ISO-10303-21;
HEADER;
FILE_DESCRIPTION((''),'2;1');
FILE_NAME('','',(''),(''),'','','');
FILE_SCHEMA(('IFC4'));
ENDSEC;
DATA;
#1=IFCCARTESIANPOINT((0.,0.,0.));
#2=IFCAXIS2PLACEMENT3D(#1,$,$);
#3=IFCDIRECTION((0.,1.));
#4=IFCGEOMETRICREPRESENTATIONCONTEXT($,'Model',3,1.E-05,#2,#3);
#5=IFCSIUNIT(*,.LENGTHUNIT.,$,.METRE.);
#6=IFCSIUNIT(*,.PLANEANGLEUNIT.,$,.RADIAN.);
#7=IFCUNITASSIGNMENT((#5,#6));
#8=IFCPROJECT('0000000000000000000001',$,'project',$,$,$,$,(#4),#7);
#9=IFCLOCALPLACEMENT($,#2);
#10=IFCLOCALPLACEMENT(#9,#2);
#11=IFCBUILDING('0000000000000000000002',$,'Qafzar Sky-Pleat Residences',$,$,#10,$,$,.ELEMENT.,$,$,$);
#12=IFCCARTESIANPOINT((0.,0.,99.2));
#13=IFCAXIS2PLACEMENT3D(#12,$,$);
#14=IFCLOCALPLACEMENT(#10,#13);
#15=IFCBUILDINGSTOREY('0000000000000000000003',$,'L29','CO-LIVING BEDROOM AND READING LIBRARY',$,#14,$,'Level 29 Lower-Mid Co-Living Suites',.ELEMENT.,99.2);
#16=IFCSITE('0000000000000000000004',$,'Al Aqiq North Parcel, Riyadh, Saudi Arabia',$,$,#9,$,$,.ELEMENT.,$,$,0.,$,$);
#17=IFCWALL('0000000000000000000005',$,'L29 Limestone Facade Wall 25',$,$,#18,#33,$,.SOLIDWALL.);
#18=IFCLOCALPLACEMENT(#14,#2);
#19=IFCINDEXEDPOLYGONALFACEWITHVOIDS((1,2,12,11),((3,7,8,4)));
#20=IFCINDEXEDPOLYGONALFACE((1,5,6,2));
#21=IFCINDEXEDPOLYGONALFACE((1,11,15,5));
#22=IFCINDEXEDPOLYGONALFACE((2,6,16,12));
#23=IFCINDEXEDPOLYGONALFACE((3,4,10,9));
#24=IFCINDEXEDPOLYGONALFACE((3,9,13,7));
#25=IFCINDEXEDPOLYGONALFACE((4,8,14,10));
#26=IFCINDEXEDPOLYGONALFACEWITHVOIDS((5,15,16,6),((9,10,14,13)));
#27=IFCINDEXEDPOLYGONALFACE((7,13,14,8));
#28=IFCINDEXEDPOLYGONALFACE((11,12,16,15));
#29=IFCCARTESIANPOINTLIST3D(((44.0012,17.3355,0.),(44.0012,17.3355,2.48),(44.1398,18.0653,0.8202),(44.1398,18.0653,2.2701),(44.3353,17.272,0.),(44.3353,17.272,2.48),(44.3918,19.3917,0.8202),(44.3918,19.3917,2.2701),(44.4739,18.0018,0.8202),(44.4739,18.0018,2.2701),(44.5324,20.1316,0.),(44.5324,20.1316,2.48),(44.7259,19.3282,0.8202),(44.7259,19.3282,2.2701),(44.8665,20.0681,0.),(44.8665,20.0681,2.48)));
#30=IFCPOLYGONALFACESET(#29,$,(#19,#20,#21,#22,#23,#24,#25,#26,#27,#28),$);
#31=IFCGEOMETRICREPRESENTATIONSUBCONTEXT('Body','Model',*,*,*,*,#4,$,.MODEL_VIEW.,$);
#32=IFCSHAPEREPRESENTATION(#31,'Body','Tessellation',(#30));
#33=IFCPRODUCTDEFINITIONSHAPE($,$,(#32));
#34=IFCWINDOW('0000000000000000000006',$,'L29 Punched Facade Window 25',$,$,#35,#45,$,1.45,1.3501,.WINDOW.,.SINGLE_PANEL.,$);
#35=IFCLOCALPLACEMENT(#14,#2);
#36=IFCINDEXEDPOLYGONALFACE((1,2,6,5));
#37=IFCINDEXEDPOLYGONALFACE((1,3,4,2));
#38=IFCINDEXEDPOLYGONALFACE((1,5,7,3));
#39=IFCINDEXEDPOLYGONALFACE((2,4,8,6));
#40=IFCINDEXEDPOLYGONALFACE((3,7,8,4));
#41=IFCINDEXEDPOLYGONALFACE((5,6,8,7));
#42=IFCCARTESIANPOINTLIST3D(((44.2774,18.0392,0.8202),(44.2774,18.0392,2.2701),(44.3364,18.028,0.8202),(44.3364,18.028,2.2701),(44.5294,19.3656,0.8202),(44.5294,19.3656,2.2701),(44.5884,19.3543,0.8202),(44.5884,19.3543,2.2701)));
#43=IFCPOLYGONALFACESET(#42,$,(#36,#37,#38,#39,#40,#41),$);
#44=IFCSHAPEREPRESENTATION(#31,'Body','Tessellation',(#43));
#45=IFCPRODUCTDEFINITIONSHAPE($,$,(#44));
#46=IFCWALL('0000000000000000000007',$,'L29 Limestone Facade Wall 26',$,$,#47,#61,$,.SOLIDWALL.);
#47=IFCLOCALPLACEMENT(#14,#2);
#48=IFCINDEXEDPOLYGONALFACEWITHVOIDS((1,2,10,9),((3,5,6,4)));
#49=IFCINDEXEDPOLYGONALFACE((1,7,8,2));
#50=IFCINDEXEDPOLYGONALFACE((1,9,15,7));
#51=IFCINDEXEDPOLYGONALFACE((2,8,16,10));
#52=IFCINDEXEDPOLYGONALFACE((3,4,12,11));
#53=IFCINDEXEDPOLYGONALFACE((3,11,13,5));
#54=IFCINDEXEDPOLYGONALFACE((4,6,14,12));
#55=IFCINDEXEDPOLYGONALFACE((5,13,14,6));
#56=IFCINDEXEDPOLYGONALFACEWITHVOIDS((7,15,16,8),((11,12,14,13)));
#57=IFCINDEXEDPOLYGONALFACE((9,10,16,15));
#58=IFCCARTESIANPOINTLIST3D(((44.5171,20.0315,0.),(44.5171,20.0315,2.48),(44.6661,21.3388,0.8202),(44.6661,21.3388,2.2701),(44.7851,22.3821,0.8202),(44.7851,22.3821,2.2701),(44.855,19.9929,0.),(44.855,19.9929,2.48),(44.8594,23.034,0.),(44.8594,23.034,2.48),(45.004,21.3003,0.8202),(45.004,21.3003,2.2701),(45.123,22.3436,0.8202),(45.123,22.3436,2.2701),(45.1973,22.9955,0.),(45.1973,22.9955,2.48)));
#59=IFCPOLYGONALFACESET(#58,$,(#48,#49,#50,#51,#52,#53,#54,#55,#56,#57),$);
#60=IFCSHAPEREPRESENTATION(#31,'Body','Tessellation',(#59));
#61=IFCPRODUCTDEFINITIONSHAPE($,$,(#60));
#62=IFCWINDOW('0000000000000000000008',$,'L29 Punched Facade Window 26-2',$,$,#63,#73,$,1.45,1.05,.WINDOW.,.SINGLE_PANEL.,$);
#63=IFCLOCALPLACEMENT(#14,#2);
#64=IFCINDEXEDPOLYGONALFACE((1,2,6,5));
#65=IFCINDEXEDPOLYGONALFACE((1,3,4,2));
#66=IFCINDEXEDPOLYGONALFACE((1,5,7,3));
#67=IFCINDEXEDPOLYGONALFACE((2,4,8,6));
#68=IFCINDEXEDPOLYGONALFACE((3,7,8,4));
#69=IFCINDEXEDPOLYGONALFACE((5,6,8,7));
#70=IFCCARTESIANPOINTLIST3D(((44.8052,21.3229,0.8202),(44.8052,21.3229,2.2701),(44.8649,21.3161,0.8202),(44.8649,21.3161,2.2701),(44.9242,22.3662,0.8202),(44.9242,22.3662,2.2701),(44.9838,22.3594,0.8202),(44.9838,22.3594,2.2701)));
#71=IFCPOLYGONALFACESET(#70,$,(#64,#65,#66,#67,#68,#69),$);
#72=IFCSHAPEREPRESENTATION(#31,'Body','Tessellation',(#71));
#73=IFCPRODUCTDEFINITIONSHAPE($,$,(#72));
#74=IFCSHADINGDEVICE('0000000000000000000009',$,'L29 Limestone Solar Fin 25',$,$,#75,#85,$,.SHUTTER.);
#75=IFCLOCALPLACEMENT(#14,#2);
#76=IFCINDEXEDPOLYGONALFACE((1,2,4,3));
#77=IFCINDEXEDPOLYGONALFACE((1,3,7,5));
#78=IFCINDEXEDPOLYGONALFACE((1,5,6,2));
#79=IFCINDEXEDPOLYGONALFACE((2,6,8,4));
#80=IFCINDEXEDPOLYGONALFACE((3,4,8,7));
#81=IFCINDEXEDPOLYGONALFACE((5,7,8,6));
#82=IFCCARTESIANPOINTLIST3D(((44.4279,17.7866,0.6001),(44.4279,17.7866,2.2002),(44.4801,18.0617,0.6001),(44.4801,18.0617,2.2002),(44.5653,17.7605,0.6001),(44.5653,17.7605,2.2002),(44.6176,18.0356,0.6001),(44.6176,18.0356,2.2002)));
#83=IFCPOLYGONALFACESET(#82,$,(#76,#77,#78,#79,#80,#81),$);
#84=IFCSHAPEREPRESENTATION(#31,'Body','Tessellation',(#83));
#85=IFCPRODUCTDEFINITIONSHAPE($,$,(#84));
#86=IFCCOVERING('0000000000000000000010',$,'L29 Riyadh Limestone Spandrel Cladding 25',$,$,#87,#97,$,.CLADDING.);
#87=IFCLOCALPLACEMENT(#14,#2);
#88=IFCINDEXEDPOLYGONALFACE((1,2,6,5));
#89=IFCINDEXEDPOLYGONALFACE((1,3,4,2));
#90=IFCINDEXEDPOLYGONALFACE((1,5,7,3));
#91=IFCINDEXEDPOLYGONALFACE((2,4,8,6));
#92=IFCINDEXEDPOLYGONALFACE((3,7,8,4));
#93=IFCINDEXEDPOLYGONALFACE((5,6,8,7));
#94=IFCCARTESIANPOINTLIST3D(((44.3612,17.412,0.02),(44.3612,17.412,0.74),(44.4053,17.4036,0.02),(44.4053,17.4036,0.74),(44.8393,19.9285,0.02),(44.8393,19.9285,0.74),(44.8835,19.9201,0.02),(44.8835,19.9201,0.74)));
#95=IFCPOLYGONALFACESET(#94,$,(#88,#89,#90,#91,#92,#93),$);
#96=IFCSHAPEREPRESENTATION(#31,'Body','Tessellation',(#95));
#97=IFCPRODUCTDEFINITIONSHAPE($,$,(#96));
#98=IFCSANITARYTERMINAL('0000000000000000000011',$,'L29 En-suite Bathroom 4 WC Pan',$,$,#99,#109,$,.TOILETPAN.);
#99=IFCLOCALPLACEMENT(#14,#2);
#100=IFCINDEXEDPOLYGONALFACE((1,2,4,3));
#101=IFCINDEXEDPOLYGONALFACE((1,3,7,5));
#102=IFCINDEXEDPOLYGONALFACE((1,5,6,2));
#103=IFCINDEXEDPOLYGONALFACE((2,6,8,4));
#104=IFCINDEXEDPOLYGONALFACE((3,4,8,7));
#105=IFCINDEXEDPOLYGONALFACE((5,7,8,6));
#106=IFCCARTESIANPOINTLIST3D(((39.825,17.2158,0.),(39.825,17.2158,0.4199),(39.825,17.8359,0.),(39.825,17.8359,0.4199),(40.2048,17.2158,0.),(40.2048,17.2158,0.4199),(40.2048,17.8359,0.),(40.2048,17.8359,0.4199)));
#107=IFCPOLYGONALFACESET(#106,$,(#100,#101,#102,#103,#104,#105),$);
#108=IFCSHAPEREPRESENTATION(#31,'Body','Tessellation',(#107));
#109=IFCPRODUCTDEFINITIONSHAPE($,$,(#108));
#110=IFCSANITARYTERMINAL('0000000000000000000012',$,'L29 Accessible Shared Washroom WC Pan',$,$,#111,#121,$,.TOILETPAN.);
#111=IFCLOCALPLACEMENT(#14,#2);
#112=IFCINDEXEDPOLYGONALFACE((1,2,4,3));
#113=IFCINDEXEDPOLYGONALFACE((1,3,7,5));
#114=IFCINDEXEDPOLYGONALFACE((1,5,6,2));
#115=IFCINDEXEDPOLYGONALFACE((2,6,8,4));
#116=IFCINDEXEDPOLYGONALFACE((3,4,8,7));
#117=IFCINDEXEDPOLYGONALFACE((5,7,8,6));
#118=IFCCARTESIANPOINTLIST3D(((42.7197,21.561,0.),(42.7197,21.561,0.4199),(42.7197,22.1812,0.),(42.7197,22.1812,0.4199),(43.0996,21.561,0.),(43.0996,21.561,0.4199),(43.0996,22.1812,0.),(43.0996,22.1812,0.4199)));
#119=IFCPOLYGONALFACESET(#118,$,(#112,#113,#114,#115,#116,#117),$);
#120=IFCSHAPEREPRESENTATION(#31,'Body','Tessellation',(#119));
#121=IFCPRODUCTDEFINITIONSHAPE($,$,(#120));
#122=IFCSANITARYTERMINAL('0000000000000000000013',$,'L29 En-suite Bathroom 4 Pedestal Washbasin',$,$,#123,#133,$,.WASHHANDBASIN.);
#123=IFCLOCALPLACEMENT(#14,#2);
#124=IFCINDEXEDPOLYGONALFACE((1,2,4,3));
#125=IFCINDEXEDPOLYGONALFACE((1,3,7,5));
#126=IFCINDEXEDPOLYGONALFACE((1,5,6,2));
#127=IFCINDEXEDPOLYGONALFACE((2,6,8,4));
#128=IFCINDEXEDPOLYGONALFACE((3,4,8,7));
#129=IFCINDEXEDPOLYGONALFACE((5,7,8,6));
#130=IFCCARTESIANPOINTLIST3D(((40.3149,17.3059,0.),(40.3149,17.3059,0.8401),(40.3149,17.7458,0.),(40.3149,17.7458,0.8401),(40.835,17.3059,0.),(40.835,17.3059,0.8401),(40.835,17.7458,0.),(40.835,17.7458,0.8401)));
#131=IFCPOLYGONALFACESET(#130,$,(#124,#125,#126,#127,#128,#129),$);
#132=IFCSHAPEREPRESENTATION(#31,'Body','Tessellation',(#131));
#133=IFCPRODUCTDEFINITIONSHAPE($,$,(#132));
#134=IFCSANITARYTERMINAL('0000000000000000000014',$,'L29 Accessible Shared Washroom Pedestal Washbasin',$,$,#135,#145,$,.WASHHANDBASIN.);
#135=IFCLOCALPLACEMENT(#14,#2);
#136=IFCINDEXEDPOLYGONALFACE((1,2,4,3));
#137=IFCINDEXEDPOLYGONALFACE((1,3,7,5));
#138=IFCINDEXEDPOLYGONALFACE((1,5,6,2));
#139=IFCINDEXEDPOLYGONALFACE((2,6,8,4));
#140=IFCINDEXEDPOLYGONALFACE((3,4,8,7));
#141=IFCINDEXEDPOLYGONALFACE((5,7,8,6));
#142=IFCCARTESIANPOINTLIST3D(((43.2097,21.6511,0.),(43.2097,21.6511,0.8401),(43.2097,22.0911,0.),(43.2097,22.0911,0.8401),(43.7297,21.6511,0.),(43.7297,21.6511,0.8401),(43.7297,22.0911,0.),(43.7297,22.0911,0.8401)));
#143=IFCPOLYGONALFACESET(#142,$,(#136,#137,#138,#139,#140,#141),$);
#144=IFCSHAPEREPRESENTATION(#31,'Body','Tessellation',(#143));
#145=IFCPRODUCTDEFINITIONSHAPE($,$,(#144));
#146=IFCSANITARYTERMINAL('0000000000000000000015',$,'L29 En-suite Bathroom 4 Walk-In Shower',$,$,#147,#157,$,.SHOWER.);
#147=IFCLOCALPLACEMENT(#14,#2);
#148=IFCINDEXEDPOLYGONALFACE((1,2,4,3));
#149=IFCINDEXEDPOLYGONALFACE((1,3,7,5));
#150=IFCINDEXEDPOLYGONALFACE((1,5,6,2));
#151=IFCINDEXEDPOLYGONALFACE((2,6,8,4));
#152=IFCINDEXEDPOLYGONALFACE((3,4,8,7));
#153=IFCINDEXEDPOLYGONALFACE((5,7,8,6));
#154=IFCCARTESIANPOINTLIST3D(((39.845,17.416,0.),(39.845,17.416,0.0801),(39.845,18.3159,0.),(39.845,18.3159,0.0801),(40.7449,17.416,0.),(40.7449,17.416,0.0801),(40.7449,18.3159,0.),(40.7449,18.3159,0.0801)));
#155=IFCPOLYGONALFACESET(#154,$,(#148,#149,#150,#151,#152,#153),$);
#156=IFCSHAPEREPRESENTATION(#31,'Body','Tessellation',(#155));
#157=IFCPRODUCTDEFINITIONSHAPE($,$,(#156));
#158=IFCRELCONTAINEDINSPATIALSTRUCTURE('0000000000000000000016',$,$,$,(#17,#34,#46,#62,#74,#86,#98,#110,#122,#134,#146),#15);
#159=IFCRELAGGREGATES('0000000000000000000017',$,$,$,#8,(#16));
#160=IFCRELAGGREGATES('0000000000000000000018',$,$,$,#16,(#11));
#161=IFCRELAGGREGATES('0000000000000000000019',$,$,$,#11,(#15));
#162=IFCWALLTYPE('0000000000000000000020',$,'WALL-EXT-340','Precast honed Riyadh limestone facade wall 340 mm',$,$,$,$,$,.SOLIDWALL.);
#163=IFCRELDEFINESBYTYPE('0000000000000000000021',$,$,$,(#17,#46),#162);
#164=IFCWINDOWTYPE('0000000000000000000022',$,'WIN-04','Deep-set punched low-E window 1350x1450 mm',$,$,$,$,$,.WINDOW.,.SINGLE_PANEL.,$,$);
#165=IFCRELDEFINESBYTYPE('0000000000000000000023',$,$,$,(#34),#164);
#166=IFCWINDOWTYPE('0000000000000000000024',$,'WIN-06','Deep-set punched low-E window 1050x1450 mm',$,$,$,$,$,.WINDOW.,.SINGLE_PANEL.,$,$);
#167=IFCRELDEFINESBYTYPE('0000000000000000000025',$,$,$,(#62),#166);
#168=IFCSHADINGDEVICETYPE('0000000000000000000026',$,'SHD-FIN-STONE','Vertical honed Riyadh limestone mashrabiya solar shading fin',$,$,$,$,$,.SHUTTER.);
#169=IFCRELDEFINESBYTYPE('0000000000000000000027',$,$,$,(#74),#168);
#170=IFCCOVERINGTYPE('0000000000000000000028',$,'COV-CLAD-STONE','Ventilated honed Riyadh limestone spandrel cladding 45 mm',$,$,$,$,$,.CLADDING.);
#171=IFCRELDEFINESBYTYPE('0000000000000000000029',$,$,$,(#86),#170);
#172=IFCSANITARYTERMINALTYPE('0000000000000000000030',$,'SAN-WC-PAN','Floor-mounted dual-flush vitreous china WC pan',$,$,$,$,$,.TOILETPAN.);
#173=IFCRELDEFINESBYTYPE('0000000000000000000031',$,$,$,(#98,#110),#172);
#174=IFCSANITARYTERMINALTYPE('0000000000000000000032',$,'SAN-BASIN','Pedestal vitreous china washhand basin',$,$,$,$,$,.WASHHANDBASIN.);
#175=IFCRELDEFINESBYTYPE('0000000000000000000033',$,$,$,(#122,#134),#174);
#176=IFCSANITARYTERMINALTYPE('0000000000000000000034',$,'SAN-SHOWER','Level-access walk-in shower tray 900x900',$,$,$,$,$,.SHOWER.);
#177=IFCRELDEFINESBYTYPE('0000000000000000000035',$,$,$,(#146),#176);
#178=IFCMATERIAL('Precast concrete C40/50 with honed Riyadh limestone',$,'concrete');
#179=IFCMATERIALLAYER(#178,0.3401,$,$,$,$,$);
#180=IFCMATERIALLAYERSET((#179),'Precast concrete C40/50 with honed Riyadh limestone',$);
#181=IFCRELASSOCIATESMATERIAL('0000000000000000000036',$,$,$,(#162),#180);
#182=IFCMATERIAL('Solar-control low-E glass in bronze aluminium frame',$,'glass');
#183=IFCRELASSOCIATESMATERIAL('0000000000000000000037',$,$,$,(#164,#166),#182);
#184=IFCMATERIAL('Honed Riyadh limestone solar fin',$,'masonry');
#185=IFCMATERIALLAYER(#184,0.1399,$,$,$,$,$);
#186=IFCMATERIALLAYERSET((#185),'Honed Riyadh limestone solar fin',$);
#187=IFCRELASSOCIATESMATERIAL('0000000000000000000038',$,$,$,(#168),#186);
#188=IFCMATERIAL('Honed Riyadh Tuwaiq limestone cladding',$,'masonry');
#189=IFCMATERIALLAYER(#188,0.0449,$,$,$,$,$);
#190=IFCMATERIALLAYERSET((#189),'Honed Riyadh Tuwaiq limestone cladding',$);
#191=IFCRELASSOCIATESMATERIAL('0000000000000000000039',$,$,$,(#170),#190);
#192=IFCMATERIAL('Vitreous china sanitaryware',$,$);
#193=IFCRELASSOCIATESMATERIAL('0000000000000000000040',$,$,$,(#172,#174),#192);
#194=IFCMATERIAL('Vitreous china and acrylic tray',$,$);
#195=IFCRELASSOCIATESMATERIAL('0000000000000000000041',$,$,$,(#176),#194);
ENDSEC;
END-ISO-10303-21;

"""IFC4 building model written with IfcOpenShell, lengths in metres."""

from ifc_helpers import new_model, si_unit, direction, frame, frame_2d, origin, origin_2d, place, context, subcontext, project, spatial, rectangle, extrude, source, transform, mapped, material, layer, layer_set, type_object, element, fill, save


model = new_model("IFC4")

# Units and contexts
model_context = context("Model", 3, precision=1e-05, world=origin(), true_north=direction((0.0, 1.0)))
body_context = subcontext(model_context, "Body", "Model", "MODEL_VIEW")
ifc_project = project(units=[si_unit("LENGTHUNIT", "METRE"), si_unit("PLANEANGLEUNIT", "RADIAN")], contexts=[model_context])

# Site, building, storey
site_placement = place(None, origin())
site = spatial("IfcSite", under=ifc_project, at=site_placement, Name="Al Aqiq North Parcel, Riyadh, Saudi Arabia", CompositionType="ELEMENT", RefElevation=0.0)
building_placement = place(site_placement, origin())
building = spatial("IfcBuilding", under=site, at=building_placement, Name="Qafzar Sky-Pleat Residences", CompositionType="ELEMENT")
storey_placement = place(building_placement, frame((0.0, 0.0, 99.2)))
storey = spatial("IfcBuildingStorey", under=building, at=storey_placement, Name="L29", Description="CO-LIVING BEDROOM AND READING LIBRARY", LongName="Level 29 Lower-Mid Co-Living Suites", CompositionType="ELEMENT", Elevation=99.2)

# Walls, openings, windows
ifc_material_1 = material(Name="Precast concrete C40/50 with honed Riyadh limestone", Category="concrete")
ifc_layer_1 = layer(ifc_material_1, 0.3401)
ifc_layer_set_1 = layer_set([ifc_layer_1], Name="Precast concrete C40/50 with honed Riyadh limestone")
wall_type_1 = type_object("IfcWallType", Name="WALL-EXT-340", Description="Precast honed Riyadh limestone facade wall 340 mm", PredefinedType="SOLIDWALL", material=ifc_layer_set_1)
wall_1_placement = place(storey_placement, frame((44.1682, 17.3037, 0.0), z_axis=(0.0, 0.0, 1.0), x_axis=(0.186655, 0.982426, 0.0)))
wall_1 = element("IfcWall", 1, at=wall_1_placement, inside=storey, type_object=wall_type_1, Name="L29 Limestone Facade Wall 25", PredefinedType="SOLIDWALL", context=body_context, shape_type="SweptSolid", body=[
    extrude(rectangle(XDim=2.8462, YDim=0.3401, at=frame_2d((1.4231, 0.0))), origin(), (0.0, 0.0, 1.0), 2.48),
])
opening_1_placement = place(wall_1_placement, frame((0.7429, 0.0, 0.8201)))
opening_1 = element("IfcOpeningElement", 2, at=opening_1_placement, cuts=wall_1, PredefinedType="OPENING", context=body_context, shape_type="SweptSolid", body=[
    extrude(rectangle(XDim=1.3501, YDim=1.45, at=frame_2d((0.675, 0.7251))), frame((0.0, 0.1802, 0.0), z_axis=(0.0, -1.0, 0.0), x_axis=(1.0, 0.0, 0.0)), (0.0, 0.0, 1.0), 0.3601),
])
ifc_material_2 = material(Name="Solar-control low-E glass in bronze aluminium frame", Category="glass")
window_type_1 = type_object("IfcWindowType", Name="WIN-04", Description="Deep-set punched low-E window 1350x1450 mm", PartitioningType="SINGLE_PANEL", PredefinedType="WINDOW", material=ifc_material_2)
shared_shape_1 = source(origin(), body_context, "Body", "SweptSolid", [
    extrude(rectangle(XDim=1.3501, YDim=1.45, at=frame_2d((0.675, 0.7251))), frame((0.0, 0.03, 0.0), z_axis=(0.0, -1.0, 0.0), x_axis=(1.0, 0.0, 0.0)), (0.0, 0.0, 1.0), 0.0601),
])
window_1_placement = place(opening_1_placement, origin())
window_1 = element("IfcWindow", 3, at=window_1_placement, inside=storey, type_object=window_type_1, Name="L29 Punched Facade Window 25", OverallHeight=1.45, OverallWidth=1.3501, PartitioningType="SINGLE_PANEL", PredefinedType="WINDOW", context=body_context, shape_type="MappedRepresentation", body=[
    mapped(shared_shape_1, transform((0.0, 0.0, 0.0), x_axis=(1.0, 0.0, 0.0), y_axis=(0.0, 1.0, 0.0), z_axis=(0.0, 0.0, 1.0), scale=1.0)),
])
fill(opening_1, window_1)
wall_2_placement = place(storey_placement, frame((44.686, 20.0122, 0.0), z_axis=(0.0, 0.0, 1.0), x_axis=(0.113269, 0.993564, 0.0)))
wall_2 = element("IfcWall", 4, at=wall_2_placement, inside=storey, type_object=wall_type_1, Name="L29 Limestone Facade Wall 26", PredefinedType="SOLIDWALL", context=body_context, shape_type="SweptSolid", body=[
    extrude(rectangle(XDim=3.022, YDim=0.3401, at=frame_2d((1.511, 0.0))), origin(), (0.0, 0.0, 1.0), 2.48),
])
opening_2_placement = place(wall_2_placement, frame((1.3159, 0.0, 0.8201)))
opening_2 = element("IfcOpeningElement", 5, at=opening_2_placement, cuts=wall_2, PredefinedType="OPENING", context=body_context, shape_type="SweptSolid", body=[
    extrude(rectangle(XDim=1.05, YDim=1.45, at=frame_2d((0.5249, 0.7251))), frame((0.0, 0.1802, 0.0), z_axis=(0.0, -1.0, 0.0), x_axis=(1.0, 0.0, 0.0)), (0.0, 0.0, 1.0), 0.3601),
])
window_type_2 = type_object("IfcWindowType", Name="WIN-06", Description="Deep-set punched low-E window 1050x1450 mm", PartitioningType="SINGLE_PANEL", PredefinedType="WINDOW", material=ifc_material_2)
shared_shape_2 = source(origin(), body_context, "Body", "SweptSolid", [
    extrude(rectangle(XDim=1.05, YDim=1.45, at=frame_2d((0.5249, 0.7251))), frame((0.0, 0.03, 0.0), z_axis=(0.0, -1.0, 0.0), x_axis=(1.0, 0.0, 0.0)), (0.0, 0.0, 1.0), 0.0601),
])
window_2_placement = place(opening_2_placement, origin())
window_2 = element("IfcWindow", 6, at=window_2_placement, inside=storey, type_object=window_type_2, Name="L29 Punched Facade Window 26-2", OverallHeight=1.45, OverallWidth=1.05, PartitioningType="SINGLE_PANEL", PredefinedType="WINDOW", context=body_context, shape_type="MappedRepresentation", body=[
    mapped(shared_shape_2, transform((0.0, 0.0, 0.0), x_axis=(1.0, 0.0, 0.0), y_axis=(0.0, 1.0, 0.0), z_axis=(0.0, 0.0, 1.0), scale=1.0)),
])
fill(opening_2, window_2)

# Shading device
ifc_material_3 = material(Name="Honed Riyadh limestone solar fin", Category="masonry")
ifc_layer_2 = layer(ifc_material_3, 0.1399)
ifc_layer_set_2 = layer_set([ifc_layer_2], Name="Honed Riyadh limestone solar fin")
shading_device_type = type_object("IfcShadingDeviceType", Name="SHD-FIN-STONE", Description="Vertical honed Riyadh limestone mashrabiya solar shading fin", PredefinedType="SHUTTER", material=ifc_layer_set_2)
shared_shape_3 = source(origin(), body_context, "Body", "SweptSolid", [
    extrude(rectangle(XDim=0.1399, YDim=0.28, at=origin_2d()), origin(), (0.0, 0.0, 1.0), 1.6001),
])
shading_device_placement = place(storey_placement, frame((44.5227, 17.9111, 0.6001), z_axis=(0.0, 0.0, 1.0), x_axis=(0.982424, -0.186663, 0.0)))
element("IfcShadingDevice", 7, at=shading_device_placement, inside=storey, type_object=shading_device_type, Name="L29 Limestone Solar Fin 25", PredefinedType="SHUTTER", context=body_context, shape_type="MappedRepresentation", body=[
    mapped(shared_shape_3, transform((0.0, 0.0, 0.0), x_axis=(1.0, 0.0, 0.0), y_axis=(0.0, 1.0, 0.0), z_axis=(0.0, 0.0, 1.0), scale=1.0)),
])

# Covering
ifc_material_4 = material(Name="Honed Riyadh Tuwaiq limestone cladding", Category="masonry")
ifc_layer_3 = layer(ifc_material_4, 0.0449)
ifc_layer_set_3 = layer_set([ifc_layer_3], Name="Honed Riyadh Tuwaiq limestone cladding")
covering_type = type_object("IfcCoveringType", Name="COV-CLAD-STONE", Description="Ventilated honed Riyadh limestone spandrel cladding 45 mm", PredefinedType="CLADDING", material=ifc_layer_set_3)
shared_shape_4 = source(origin(), body_context, "Body", "SweptSolid", [
    extrude(rectangle(XDim=2.5615, YDim=0.0449, at=origin_2d()), origin(), (0.0, 0.0, 1.0), 0.72),
])
covering_placement = place(storey_placement, frame((44.6223, 18.666, 0.02), z_axis=(0.0, 0.0, 1.0), x_axis=(0.186675, 0.982422, 0.0)))
element("IfcCovering", 8, at=covering_placement, inside=storey, type_object=covering_type, Name="L29 Riyadh Limestone Spandrel Cladding 25", PredefinedType="CLADDING", context=body_context, shape_type="MappedRepresentation", body=[
    mapped(shared_shape_4, transform((0.0, 0.0, 0.0), x_axis=(1.0, 0.0, 0.0), y_axis=(0.0, 1.0, 0.0), z_axis=(0.0, 0.0, 1.0), scale=1.0)),
])

# Sanitary terminals
ifc_material_5 = material(Name="Vitreous china sanitaryware")
sanitary_terminal_type_1 = type_object("IfcSanitaryTerminalType", Name="SAN-WC-PAN", Description="Floor-mounted dual-flush vitreous china WC pan", PredefinedType="TOILETPAN", material=ifc_material_5)
shared_shape_5 = source(origin(), body_context, "Body", "SweptSolid", [
    extrude(rectangle(XDim=0.3799, YDim=0.6201, at=origin_2d()), origin(), (0.0, 0.0, 1.0), 0.4199),
])
for number, where, z_axis, x_axis, name in (
    (9, (40.0149, 17.5259, 0.0), (0.0, 0.0, 1.0), (1.0, 0.0, 0.0), "L29 En-suite Bathroom 4 WC Pan"),
    (10, (42.9097, 21.8711, 0.0), (0.0, 0.0, 1.0), (1.0, 0.0, 0.0), "L29 Accessible Shared Washroom WC Pan"),
):
    element("IfcSanitaryTerminal", number, at=place(storey_placement, frame(where, z_axis=z_axis, x_axis=x_axis)), inside=storey, type_object=sanitary_terminal_type_1, Name=name, PredefinedType="TOILETPAN", context=body_context, shape_type="MappedRepresentation", body=[
        mapped(shared_shape_5, transform((0.0, 0.0, 0.0), x_axis=(1.0, 0.0, 0.0), y_axis=(0.0, 1.0, 0.0), z_axis=(0.0, 0.0, 1.0), scale=1.0)),
    ])
sanitary_terminal_type_2 = type_object("IfcSanitaryTerminalType", Name="SAN-BASIN", Description="Pedestal vitreous china washhand basin", PredefinedType="WASHHANDBASIN", material=ifc_material_5)
shared_shape_6 = source(origin(), body_context, "Body", "SweptSolid", [
    extrude(rectangle(XDim=0.52, YDim=0.4399, at=origin_2d()), origin(), (0.0, 0.0, 1.0), 0.8401),
])
for number, where, z_axis, x_axis, name in (
    (11, (40.575, 17.5259, 0.0), (0.0, 0.0, 1.0), (1.0, 0.0, 0.0), "L29 En-suite Bathroom 4 Pedestal Washbasin"),
    (12, (43.4697, 21.8711, 0.0), (0.0, 0.0, 1.0), (1.0, 0.0, 0.0), "L29 Accessible Shared Washroom Pedestal Washbasin"),
):
    element("IfcSanitaryTerminal", number, at=place(storey_placement, frame(where, z_axis=z_axis, x_axis=x_axis)), inside=storey, type_object=sanitary_terminal_type_2, Name=name, PredefinedType="WASHHANDBASIN", context=body_context, shape_type="MappedRepresentation", body=[
        mapped(shared_shape_6, transform((0.0, 0.0, 0.0), x_axis=(1.0, 0.0, 0.0), y_axis=(0.0, 1.0, 0.0), z_axis=(0.0, 0.0, 1.0), scale=1.0)),
    ])
ifc_material_6 = material(Name="Vitreous china and acrylic tray")
sanitary_terminal_type_3 = type_object("IfcSanitaryTerminalType", Name="SAN-SHOWER", Description="Level-access walk-in shower tray 900x900", PredefinedType="SHOWER", material=ifc_material_6)
shared_shape_7 = source(origin(), body_context, "Body", "SweptSolid", [
    extrude(rectangle(XDim=0.8999, YDim=0.8999, at=origin_2d()), origin(), (0.0, 0.0, 1.0), 0.0801),
])
sanitary_terminal_placement = place(storey_placement, frame((40.2949, 17.866, 0.0), z_axis=(0.0, 0.0, 1.0), x_axis=(1.0, 0.0, 0.0)))
element("IfcSanitaryTerminal", 13, at=sanitary_terminal_placement, inside=storey, type_object=sanitary_terminal_type_3, Name="L29 En-suite Bathroom 4 Walk-In Shower", PredefinedType="SHOWER", context=body_context, shape_type="MappedRepresentation", body=[
    mapped(shared_shape_7, transform((0.0, 0.0, 0.0), x_axis=(1.0, 0.0, 0.0), y_axis=(0.0, 1.0, 0.0), z_axis=(0.0, 0.0, 1.0), scale=1.0)),
])

save(model, "model.ifc")
